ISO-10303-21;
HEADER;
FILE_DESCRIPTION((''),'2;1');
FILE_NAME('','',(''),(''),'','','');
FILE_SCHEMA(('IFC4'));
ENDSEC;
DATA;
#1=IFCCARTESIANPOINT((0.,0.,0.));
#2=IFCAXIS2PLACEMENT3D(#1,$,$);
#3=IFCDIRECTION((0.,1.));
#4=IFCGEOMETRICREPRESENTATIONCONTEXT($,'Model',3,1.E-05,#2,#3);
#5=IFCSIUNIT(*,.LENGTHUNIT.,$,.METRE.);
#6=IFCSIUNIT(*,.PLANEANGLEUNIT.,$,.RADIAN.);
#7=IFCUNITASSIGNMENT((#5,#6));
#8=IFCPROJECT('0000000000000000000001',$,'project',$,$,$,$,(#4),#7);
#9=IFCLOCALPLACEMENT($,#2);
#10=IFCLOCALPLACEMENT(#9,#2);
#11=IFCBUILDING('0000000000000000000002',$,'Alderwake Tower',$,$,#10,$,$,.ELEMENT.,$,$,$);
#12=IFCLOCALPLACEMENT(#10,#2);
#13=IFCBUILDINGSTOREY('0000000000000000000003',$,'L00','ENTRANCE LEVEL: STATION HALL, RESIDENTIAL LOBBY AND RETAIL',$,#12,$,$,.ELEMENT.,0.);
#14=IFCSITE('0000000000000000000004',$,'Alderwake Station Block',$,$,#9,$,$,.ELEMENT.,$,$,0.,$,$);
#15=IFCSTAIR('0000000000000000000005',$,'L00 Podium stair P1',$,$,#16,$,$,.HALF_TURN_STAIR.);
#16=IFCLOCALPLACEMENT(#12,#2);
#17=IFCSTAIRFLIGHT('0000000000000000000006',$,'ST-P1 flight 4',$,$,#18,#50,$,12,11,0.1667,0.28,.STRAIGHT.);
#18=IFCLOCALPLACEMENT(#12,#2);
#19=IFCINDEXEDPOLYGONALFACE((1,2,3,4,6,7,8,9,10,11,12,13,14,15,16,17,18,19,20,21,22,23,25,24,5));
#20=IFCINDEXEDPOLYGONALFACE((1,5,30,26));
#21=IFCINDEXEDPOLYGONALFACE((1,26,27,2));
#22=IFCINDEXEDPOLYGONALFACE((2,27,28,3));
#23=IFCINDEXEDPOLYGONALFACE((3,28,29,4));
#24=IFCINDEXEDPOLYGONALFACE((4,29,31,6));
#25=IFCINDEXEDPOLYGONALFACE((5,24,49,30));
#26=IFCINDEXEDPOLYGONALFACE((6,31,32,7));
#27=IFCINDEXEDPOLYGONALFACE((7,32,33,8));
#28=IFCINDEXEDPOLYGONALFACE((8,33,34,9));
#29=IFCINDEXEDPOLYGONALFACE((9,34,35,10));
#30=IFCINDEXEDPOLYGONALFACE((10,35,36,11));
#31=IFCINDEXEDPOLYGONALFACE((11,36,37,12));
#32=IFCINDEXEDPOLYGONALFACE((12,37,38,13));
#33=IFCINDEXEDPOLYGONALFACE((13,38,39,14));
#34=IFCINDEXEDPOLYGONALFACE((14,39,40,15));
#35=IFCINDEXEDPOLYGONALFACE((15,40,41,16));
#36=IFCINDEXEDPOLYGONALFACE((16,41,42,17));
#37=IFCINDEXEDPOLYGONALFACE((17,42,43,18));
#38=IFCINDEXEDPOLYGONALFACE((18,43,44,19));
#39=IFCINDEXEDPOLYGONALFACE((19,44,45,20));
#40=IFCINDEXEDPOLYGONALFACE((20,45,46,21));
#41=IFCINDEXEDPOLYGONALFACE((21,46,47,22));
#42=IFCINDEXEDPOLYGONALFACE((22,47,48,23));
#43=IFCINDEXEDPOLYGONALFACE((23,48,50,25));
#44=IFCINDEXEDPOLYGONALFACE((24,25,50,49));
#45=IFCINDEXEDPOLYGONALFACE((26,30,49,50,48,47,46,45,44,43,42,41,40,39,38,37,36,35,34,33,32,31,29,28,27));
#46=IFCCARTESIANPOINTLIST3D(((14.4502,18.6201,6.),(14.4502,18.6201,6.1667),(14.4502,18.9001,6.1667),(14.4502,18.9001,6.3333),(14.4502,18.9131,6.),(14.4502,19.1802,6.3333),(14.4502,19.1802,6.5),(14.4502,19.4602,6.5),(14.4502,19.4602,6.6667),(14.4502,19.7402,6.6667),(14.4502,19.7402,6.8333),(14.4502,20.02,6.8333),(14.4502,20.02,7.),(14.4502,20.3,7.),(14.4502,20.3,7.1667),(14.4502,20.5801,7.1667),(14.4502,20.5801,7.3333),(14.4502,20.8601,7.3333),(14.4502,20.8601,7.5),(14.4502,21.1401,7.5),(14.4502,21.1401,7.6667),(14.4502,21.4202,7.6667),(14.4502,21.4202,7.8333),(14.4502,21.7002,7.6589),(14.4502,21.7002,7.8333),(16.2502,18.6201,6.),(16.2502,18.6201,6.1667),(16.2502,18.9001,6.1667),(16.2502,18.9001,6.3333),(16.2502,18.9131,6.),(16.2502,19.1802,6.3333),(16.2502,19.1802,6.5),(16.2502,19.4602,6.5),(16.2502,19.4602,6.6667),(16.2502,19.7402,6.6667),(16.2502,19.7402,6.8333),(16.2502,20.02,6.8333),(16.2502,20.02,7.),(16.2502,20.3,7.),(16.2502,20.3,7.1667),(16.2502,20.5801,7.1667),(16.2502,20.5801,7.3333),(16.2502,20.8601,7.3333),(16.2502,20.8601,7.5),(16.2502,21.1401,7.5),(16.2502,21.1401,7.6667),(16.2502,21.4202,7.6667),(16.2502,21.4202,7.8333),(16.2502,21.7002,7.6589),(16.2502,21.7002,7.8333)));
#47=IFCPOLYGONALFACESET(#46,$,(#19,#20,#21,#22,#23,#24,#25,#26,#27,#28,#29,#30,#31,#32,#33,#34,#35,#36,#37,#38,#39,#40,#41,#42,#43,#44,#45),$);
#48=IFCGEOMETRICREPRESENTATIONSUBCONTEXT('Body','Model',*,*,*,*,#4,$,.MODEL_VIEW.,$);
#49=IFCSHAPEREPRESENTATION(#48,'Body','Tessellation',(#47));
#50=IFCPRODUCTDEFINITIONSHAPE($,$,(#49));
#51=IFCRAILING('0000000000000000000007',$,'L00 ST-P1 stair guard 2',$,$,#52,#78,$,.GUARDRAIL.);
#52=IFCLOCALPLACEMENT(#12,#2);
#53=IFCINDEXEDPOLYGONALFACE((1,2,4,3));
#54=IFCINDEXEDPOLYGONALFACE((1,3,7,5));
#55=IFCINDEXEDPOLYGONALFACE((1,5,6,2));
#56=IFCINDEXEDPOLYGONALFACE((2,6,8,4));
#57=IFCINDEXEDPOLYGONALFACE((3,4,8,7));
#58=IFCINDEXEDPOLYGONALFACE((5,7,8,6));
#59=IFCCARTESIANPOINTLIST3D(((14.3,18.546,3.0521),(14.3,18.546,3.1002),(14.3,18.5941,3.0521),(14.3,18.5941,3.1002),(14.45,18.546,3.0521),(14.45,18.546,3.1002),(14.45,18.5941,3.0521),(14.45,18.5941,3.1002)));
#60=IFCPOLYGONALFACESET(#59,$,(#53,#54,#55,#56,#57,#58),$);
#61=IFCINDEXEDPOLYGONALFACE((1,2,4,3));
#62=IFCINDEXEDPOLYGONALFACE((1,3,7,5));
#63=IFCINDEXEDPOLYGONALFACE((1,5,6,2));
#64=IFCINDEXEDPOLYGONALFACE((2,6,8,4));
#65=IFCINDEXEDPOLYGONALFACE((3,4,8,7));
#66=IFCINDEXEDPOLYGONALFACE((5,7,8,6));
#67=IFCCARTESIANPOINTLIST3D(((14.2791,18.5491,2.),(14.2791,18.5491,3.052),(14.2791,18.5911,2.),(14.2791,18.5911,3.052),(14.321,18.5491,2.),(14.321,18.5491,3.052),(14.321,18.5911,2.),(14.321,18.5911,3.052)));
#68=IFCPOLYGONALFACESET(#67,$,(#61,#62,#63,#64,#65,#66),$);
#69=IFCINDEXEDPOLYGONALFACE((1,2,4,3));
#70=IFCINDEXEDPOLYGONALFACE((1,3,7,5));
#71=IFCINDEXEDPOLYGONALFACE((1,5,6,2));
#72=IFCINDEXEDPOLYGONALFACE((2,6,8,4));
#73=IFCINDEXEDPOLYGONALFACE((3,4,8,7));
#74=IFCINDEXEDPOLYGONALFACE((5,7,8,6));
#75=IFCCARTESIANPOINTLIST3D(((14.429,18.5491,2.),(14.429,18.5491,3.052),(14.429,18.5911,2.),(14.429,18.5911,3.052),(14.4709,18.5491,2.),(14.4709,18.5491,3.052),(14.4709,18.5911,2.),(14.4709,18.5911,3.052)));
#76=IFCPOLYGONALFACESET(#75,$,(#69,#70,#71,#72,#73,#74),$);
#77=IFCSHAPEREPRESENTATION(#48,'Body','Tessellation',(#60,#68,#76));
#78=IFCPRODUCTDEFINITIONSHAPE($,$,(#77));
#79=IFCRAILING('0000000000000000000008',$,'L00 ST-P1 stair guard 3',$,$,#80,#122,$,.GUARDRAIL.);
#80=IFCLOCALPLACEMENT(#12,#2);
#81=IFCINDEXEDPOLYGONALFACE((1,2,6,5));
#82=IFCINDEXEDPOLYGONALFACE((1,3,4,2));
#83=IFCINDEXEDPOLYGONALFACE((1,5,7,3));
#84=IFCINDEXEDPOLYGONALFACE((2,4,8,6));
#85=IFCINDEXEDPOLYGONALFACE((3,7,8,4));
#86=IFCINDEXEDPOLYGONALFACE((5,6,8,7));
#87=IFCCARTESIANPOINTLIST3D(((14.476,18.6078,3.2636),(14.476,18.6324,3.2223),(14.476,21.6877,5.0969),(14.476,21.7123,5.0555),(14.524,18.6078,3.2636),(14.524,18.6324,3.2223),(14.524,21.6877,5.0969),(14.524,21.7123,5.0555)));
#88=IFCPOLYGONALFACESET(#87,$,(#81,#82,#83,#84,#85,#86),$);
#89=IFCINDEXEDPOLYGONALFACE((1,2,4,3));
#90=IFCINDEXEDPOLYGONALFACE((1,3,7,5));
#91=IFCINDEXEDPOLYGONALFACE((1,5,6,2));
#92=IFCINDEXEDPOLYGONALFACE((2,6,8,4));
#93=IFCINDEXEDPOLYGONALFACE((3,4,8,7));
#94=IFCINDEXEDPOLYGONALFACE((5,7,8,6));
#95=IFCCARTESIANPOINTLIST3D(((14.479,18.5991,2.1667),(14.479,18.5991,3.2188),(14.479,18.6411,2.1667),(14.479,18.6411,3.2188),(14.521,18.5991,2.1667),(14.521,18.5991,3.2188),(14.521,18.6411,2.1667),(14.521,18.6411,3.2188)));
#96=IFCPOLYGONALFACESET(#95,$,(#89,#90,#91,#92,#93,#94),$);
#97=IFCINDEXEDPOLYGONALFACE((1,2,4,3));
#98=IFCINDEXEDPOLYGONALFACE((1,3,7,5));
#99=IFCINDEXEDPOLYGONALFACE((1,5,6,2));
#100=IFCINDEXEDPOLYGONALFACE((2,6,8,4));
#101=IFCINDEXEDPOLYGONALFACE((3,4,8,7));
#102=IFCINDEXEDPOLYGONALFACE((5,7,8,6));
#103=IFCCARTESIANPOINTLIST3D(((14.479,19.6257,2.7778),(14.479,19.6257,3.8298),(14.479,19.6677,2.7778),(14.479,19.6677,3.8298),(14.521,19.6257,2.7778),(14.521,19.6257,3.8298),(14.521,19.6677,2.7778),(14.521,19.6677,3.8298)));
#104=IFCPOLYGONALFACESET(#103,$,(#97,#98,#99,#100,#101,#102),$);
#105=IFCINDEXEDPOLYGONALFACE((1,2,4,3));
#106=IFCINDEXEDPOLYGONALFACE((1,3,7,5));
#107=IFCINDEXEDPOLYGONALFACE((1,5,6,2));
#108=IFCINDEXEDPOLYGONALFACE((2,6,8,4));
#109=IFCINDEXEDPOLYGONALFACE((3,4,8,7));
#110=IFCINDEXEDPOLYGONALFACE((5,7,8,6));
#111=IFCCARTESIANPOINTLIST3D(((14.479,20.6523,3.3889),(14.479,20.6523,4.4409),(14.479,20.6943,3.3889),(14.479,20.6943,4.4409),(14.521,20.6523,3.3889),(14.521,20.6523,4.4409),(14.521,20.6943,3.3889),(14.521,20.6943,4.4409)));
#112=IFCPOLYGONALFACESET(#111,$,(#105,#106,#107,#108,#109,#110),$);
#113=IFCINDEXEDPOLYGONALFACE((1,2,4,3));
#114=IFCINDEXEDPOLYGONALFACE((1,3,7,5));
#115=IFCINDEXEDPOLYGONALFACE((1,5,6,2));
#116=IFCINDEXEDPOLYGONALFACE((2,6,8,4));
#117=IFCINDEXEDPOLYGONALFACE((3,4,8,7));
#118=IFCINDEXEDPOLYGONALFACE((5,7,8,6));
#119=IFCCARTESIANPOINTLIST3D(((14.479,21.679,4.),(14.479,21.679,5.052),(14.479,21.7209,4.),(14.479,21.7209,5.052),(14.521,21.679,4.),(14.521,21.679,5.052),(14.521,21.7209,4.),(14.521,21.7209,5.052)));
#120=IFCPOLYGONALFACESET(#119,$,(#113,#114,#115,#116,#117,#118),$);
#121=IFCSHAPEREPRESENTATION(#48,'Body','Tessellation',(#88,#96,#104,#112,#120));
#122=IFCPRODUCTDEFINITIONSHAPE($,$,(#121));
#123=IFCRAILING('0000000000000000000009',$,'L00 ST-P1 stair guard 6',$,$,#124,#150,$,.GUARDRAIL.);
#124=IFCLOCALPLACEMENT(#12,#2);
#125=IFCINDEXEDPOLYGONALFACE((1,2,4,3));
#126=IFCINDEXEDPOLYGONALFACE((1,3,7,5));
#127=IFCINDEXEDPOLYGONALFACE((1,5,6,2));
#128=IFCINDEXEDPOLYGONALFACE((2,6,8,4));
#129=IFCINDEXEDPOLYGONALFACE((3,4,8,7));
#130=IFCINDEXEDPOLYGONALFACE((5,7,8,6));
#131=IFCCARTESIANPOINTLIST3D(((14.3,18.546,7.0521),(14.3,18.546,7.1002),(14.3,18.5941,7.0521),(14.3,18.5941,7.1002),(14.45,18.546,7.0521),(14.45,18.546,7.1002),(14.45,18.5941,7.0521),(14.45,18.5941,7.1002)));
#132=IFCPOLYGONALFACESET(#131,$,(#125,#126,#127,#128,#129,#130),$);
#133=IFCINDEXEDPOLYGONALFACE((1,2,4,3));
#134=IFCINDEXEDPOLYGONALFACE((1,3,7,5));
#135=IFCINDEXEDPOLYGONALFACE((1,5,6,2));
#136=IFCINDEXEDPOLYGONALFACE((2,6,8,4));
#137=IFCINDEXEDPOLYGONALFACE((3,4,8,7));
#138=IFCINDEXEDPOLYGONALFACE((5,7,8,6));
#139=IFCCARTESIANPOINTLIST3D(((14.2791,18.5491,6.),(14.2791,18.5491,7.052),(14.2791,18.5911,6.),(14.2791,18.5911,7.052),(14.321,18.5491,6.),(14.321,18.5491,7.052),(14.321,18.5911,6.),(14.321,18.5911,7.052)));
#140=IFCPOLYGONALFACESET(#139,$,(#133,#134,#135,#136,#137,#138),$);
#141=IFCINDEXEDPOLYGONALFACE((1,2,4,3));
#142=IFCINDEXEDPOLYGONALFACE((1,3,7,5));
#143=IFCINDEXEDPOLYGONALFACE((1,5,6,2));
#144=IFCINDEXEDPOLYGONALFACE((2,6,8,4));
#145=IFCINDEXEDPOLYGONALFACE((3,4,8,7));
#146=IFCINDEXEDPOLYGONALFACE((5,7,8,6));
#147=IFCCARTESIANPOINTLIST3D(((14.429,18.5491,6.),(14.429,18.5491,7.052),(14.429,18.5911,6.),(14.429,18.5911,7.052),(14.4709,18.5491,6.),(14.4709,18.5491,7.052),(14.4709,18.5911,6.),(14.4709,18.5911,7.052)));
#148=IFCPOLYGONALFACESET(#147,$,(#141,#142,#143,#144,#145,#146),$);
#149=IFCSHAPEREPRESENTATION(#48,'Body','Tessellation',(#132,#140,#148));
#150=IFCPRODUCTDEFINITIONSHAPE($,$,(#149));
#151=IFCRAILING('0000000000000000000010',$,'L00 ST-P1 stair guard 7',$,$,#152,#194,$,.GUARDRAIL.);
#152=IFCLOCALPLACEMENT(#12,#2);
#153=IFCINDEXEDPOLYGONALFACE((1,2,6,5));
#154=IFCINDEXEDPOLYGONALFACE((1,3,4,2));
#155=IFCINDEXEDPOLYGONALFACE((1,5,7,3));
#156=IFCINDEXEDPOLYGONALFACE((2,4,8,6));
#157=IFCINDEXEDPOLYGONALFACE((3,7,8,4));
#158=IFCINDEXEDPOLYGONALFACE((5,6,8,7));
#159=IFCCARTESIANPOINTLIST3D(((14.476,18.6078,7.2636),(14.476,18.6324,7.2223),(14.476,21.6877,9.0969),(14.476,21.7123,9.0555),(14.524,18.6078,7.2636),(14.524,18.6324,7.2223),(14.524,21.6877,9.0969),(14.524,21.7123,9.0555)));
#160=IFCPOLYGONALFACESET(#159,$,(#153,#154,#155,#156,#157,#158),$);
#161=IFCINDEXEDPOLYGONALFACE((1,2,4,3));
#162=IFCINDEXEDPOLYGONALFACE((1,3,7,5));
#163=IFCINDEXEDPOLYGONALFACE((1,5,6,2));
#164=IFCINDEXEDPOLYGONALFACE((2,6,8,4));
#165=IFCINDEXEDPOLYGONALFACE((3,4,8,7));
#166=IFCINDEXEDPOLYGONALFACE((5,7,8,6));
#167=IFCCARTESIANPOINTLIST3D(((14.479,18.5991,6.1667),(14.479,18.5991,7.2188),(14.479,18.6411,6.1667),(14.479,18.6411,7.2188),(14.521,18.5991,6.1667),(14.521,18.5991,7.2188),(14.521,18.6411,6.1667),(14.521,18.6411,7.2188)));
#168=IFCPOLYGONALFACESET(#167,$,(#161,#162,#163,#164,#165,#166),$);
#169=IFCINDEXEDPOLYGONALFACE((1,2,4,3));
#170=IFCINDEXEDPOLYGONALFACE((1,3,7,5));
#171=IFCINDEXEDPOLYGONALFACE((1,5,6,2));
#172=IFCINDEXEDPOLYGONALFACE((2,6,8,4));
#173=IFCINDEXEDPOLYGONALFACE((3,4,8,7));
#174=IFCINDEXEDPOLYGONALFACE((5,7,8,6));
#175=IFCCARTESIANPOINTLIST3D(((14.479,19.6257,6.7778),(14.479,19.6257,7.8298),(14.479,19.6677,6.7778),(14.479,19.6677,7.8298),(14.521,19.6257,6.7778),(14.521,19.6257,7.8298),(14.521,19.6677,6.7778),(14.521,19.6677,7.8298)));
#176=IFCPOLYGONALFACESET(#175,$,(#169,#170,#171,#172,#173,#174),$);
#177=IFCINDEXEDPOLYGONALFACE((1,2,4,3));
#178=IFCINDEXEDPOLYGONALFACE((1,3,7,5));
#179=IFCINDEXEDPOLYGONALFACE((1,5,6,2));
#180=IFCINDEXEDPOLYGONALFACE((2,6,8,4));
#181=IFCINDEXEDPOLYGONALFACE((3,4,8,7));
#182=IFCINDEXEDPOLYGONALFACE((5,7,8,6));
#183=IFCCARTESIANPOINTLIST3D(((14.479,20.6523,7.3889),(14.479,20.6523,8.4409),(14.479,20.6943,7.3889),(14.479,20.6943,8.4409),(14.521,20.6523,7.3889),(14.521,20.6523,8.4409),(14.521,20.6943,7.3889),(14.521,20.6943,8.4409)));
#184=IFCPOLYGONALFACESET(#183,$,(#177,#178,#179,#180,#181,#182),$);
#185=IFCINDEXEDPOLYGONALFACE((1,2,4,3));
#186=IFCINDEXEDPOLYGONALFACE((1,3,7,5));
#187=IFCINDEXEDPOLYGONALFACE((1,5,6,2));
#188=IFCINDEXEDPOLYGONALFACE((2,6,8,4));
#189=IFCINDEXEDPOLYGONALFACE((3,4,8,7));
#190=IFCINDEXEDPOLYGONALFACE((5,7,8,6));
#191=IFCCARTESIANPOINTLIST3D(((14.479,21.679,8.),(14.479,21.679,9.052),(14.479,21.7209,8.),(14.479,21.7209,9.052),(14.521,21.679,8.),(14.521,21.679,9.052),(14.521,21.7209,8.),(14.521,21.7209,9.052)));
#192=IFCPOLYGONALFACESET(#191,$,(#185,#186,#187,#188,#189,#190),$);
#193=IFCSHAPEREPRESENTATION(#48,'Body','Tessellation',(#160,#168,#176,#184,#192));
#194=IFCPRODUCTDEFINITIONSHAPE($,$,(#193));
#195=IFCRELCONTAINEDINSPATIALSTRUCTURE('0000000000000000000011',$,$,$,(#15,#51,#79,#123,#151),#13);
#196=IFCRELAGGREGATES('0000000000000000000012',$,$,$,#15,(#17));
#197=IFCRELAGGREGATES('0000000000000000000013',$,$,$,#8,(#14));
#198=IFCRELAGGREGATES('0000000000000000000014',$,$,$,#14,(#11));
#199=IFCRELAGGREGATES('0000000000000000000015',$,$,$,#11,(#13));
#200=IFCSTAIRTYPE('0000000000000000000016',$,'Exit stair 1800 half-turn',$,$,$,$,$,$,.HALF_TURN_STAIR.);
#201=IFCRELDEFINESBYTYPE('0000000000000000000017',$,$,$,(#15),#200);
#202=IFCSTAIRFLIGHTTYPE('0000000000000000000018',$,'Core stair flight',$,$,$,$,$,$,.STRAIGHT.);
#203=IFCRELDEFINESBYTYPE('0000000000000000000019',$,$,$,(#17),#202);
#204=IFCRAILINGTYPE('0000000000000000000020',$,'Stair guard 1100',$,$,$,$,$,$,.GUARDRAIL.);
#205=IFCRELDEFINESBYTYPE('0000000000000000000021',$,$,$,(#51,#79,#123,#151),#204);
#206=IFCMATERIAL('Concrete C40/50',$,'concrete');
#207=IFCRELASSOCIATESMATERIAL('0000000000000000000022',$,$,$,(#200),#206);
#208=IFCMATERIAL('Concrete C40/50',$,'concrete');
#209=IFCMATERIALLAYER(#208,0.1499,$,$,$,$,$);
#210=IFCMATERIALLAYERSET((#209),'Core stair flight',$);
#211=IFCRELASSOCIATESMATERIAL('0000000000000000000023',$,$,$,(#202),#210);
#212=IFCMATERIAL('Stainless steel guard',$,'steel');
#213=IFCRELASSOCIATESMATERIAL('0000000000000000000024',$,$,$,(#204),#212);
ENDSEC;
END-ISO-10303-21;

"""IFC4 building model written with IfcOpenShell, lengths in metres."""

from ifc_helpers import new_model, si_unit, direction, frame, origin, origin_with_axes, origin_2d, place, context, subcontext, project, spatial, polyline, rectangle, outline, extrude, material, layer, layer_set, type_object, element, aggregate, save


model = new_model("IFC4")

# Units and contexts
model_context = context("Model", 3, precision=1e-05, world=origin(), true_north=direction((0.0, 1.0)))
body_context = subcontext(model_context, "Body", "Model", "MODEL_VIEW")
ifc_project = project(units=[si_unit("LENGTHUNIT", "METRE"), si_unit("PLANEANGLEUNIT", "RADIAN")], contexts=[model_context])

# Site, building, storey
site_placement = place(None, origin())
site = spatial("IfcSite", under=ifc_project, at=site_placement, Name="Alderwake Station Block", CompositionType="ELEMENT", RefElevation=0.0)
building_placement = place(site_placement, origin())
building = spatial("IfcBuilding", under=site, at=building_placement, Name="Alderwake Tower", CompositionType="ELEMENT")
storey_placement = place(building_placement, origin())
storey = spatial("IfcBuildingStorey", under=building, at=storey_placement, Name="L00", Description="ENTRANCE LEVEL: STATION HALL, RESIDENTIAL LOBBY AND RETAIL", CompositionType="ELEMENT", Elevation=0.0)

# Stair, stair flight
ifc_material_1 = material(Name="Concrete C40/50", Category="concrete")
stair_type = type_object("IfcStairType", Name="Exit stair 1800 half-turn", PredefinedType="HALF_TURN_STAIR", material=ifc_material_1)
stair_placement = place(storey_placement, origin())
stair = element("IfcStair", 1, at=stair_placement, inside=storey, type_object=stair_type, Name="L00 Podium stair P1", PredefinedType="HALF_TURN_STAIR")
ifc_material_2 = material(Name="Concrete C40/50", Category="concrete")
ifc_layer_1 = layer(ifc_material_2, 0.1499)
ifc_layer_set_1 = layer_set([ifc_layer_1], Name="Core stair flight")
stair_flight_type = type_object("IfcStairFlightType", Name="Core stair flight", PredefinedType="STRAIGHT", material=ifc_layer_set_1)
stair_flight_1_placement = place(storey_placement, frame((15.3501, 18.6201, 6.0), z_axis=(0.0, 0.0, 1.0), x_axis=(0.0, 1.0, 0.0)))
stair_flight_1 = element("IfcStairFlight", 2, at=stair_flight_1_placement, type_object=stair_flight_type, Name="ST-P1 flight 4", NumberOfRisers=12, NumberOfTreads=11, PredefinedType="STRAIGHT", RiserHeight=0.1667, TreadLength=0.28, context=body_context, shape_type="SweptSolid", body=[
    extrude(outline(polyline([(0.0, 0.0), (0.0, 0.1667), (0.28, 0.1667), (0.28, 0.3333), (0.5601, 0.3333), (0.5601, 0.5), (0.8401, 0.5), (0.8401, 0.6667), (1.1201, 0.6667), (1.1201, 0.8333), (1.3999, 0.8333), (1.3999, 1.0), (1.6799, 1.0), (1.6799, 1.1667), (1.96, 1.1667), (1.96, 1.3333), (2.24, 1.3333), (2.24, 1.5), (2.52, 1.5), (2.52, 1.6667), (2.8, 1.6667), (2.8, 1.8333), (3.0801, 1.8333), (3.0801, 2.0), (3.0801, 1.6589), (0.293, 0.0), (0.0, 0.0)])), frame((0.0, 0.8999, 0.0), z_axis=(0.0, -1.0, 0.0), x_axis=(1.0, 0.0, 0.0)), (0.0, 0.0, 1.0), 1.8),
])
aggregate(stair, [stair_flight_1])

# Railings
ifc_material_3 = material(Name="Stainless steel guard", Category="steel")
railing_type_1 = type_object("IfcRailingType", Name="Stair guard 1100", PredefinedType="GUARDRAIL", material=ifc_material_3)
railing_1_placement = place(storey_placement, frame((14.3, 18.5701, 2.0)))
element("IfcRailing", 3, at=railing_1_placement, inside=storey, type_object=railing_type_1, Name="L00 ST-P1 stair guard 2", PredefinedType="GUARDRAIL", context=body_context, shape_type="SweptSolid", body=[
    extrude(rectangle(XDim=0.0481, YDim=0.0481, at=origin_2d()), frame((0.0, 0.0, 1.0762), z_axis=(1.0, 0.0, 0.0), x_axis=(0.0, 1.0, 0.0)), (0.0, 0.0, 1.0), 0.1499),
    extrude(rectangle(XDim=0.042, YDim=0.042, at=origin_2d()), origin_with_axes(), (0.0, 0.0, 1.0), 1.052),
    extrude(rectangle(XDim=0.042, YDim=0.042, at=origin_2d()), frame((0.1499, 0.0, 0.0), z_axis=(0.0, 0.0, 1.0), x_axis=(1.0, 0.0, 0.0)), (0.0, 0.0, 1.0), 1.052),
])
railing_2_placement = place(storey_placement, frame((14.5, 18.6201, 2.1667)))
element("IfcRailing", 4, at=railing_2_placement, inside=storey, type_object=railing_type_1, Name="L00 ST-P1 stair guard 3", PredefinedType="GUARDRAIL", context=body_context, shape_type="SweptSolid", body=[
    extrude(rectangle(XDim=0.0481, YDim=0.0481, at=origin_2d()), frame((0.0, 0.0, 1.0762), z_axis=(0.0, 0.859291, 0.511487), x_axis=(-1.0, 0.0, 0.0)), (0.0, 0.0, 1.0), 3.5842),
    extrude(rectangle(XDim=0.042, YDim=0.042, at=origin_2d()), frame((0.0, 0.0, 0.0), z_axis=(0.0, 0.0, 1.0), x_axis=(0.0, 1.0, 0.0)), (0.0, 0.0, 1.0), 1.052),
    extrude(rectangle(XDim=0.042, YDim=0.042, at=origin_2d()), frame((0.0, 1.0266, 0.6111), z_axis=(0.0, 0.0, 1.0), x_axis=(0.0, 1.0, 0.0)), (0.0, 0.0, 1.0), 1.052),
    extrude(rectangle(XDim=0.042, YDim=0.042, at=origin_2d()), frame((0.0, 2.0532, 1.2222), z_axis=(0.0, 0.0, 1.0), x_axis=(0.0, 1.0, 0.0)), (0.0, 0.0, 1.0), 1.052),
    extrude(rectangle(XDim=0.042, YDim=0.042, at=origin_2d()), frame((0.0, 3.0798, 1.8333), z_axis=(0.0, 0.0, 1.0), x_axis=(0.0, 1.0, 0.0)), (0.0, 0.0, 1.0), 1.052),
])
railing_3_placement = place(storey_placement, frame((14.3, 18.5701, 6.0)))
element("IfcRailing", 5, at=railing_3_placement, inside=storey, type_object=railing_type_1, Name="L00 ST-P1 stair guard 6", PredefinedType="GUARDRAIL", context=body_context, shape_type="SweptSolid", body=[
    extrude(rectangle(XDim=0.0481, YDim=0.0481, at=origin_2d()), frame((0.0, 0.0, 1.0762), z_axis=(1.0, 0.0, 0.0), x_axis=(0.0, 1.0, 0.0)), (0.0, 0.0, 1.0), 0.1499),
    extrude(rectangle(XDim=0.042, YDim=0.042, at=origin_2d()), origin_with_axes(), (0.0, 0.0, 1.0), 1.052),
    extrude(rectangle(XDim=0.042, YDim=0.042, at=origin_2d()), frame((0.1499, 0.0, 0.0), z_axis=(0.0, 0.0, 1.0), x_axis=(1.0, 0.0, 0.0)), (0.0, 0.0, 1.0), 1.052),
])
railing_4_placement = place(storey_placement, frame((14.5, 18.6201, 6.1667)))
element("IfcRailing", 6, at=railing_4_placement, inside=storey, type_object=railing_type_1, Name="L00 ST-P1 stair guard 7", PredefinedType="GUARDRAIL", context=body_context, shape_type="SweptSolid", body=[
    extrude(rectangle(XDim=0.0481, YDim=0.0481, at=origin_2d()), frame((0.0, 0.0, 1.0762), z_axis=(0.0, 0.859291, 0.511487), x_axis=(-1.0, 0.0, 0.0)), (0.0, 0.0, 1.0), 3.5842),
    extrude(rectangle(XDim=0.042, YDim=0.042, at=origin_2d()), frame((0.0, 0.0, 0.0), z_axis=(0.0, 0.0, 1.0), x_axis=(0.0, 1.0, 0.0)), (0.0, 0.0, 1.0), 1.052),
    extrude(rectangle(XDim=0.042, YDim=0.042, at=origin_2d()), frame((0.0, 1.0266, 0.6111), z_axis=(0.0, 0.0, 1.0), x_axis=(0.0, 1.0, 0.0)), (0.0, 0.0, 1.0), 1.052),
    extrude(rectangle(XDim=0.042, YDim=0.042, at=origin_2d()), frame((0.0, 2.0532, 1.2222), z_axis=(0.0, 0.0, 1.0), x_axis=(0.0, 1.0, 0.0)), (0.0, 0.0, 1.0), 1.052),
    extrude(rectangle(XDim=0.042, YDim=0.042, at=origin_2d()), frame((0.0, 3.0798, 1.8333), z_axis=(0.0, 0.0, 1.0), x_axis=(0.0, 1.0, 0.0)), (0.0, 0.0, 1.0), 1.052),
])

save(model, "model.ifc")
